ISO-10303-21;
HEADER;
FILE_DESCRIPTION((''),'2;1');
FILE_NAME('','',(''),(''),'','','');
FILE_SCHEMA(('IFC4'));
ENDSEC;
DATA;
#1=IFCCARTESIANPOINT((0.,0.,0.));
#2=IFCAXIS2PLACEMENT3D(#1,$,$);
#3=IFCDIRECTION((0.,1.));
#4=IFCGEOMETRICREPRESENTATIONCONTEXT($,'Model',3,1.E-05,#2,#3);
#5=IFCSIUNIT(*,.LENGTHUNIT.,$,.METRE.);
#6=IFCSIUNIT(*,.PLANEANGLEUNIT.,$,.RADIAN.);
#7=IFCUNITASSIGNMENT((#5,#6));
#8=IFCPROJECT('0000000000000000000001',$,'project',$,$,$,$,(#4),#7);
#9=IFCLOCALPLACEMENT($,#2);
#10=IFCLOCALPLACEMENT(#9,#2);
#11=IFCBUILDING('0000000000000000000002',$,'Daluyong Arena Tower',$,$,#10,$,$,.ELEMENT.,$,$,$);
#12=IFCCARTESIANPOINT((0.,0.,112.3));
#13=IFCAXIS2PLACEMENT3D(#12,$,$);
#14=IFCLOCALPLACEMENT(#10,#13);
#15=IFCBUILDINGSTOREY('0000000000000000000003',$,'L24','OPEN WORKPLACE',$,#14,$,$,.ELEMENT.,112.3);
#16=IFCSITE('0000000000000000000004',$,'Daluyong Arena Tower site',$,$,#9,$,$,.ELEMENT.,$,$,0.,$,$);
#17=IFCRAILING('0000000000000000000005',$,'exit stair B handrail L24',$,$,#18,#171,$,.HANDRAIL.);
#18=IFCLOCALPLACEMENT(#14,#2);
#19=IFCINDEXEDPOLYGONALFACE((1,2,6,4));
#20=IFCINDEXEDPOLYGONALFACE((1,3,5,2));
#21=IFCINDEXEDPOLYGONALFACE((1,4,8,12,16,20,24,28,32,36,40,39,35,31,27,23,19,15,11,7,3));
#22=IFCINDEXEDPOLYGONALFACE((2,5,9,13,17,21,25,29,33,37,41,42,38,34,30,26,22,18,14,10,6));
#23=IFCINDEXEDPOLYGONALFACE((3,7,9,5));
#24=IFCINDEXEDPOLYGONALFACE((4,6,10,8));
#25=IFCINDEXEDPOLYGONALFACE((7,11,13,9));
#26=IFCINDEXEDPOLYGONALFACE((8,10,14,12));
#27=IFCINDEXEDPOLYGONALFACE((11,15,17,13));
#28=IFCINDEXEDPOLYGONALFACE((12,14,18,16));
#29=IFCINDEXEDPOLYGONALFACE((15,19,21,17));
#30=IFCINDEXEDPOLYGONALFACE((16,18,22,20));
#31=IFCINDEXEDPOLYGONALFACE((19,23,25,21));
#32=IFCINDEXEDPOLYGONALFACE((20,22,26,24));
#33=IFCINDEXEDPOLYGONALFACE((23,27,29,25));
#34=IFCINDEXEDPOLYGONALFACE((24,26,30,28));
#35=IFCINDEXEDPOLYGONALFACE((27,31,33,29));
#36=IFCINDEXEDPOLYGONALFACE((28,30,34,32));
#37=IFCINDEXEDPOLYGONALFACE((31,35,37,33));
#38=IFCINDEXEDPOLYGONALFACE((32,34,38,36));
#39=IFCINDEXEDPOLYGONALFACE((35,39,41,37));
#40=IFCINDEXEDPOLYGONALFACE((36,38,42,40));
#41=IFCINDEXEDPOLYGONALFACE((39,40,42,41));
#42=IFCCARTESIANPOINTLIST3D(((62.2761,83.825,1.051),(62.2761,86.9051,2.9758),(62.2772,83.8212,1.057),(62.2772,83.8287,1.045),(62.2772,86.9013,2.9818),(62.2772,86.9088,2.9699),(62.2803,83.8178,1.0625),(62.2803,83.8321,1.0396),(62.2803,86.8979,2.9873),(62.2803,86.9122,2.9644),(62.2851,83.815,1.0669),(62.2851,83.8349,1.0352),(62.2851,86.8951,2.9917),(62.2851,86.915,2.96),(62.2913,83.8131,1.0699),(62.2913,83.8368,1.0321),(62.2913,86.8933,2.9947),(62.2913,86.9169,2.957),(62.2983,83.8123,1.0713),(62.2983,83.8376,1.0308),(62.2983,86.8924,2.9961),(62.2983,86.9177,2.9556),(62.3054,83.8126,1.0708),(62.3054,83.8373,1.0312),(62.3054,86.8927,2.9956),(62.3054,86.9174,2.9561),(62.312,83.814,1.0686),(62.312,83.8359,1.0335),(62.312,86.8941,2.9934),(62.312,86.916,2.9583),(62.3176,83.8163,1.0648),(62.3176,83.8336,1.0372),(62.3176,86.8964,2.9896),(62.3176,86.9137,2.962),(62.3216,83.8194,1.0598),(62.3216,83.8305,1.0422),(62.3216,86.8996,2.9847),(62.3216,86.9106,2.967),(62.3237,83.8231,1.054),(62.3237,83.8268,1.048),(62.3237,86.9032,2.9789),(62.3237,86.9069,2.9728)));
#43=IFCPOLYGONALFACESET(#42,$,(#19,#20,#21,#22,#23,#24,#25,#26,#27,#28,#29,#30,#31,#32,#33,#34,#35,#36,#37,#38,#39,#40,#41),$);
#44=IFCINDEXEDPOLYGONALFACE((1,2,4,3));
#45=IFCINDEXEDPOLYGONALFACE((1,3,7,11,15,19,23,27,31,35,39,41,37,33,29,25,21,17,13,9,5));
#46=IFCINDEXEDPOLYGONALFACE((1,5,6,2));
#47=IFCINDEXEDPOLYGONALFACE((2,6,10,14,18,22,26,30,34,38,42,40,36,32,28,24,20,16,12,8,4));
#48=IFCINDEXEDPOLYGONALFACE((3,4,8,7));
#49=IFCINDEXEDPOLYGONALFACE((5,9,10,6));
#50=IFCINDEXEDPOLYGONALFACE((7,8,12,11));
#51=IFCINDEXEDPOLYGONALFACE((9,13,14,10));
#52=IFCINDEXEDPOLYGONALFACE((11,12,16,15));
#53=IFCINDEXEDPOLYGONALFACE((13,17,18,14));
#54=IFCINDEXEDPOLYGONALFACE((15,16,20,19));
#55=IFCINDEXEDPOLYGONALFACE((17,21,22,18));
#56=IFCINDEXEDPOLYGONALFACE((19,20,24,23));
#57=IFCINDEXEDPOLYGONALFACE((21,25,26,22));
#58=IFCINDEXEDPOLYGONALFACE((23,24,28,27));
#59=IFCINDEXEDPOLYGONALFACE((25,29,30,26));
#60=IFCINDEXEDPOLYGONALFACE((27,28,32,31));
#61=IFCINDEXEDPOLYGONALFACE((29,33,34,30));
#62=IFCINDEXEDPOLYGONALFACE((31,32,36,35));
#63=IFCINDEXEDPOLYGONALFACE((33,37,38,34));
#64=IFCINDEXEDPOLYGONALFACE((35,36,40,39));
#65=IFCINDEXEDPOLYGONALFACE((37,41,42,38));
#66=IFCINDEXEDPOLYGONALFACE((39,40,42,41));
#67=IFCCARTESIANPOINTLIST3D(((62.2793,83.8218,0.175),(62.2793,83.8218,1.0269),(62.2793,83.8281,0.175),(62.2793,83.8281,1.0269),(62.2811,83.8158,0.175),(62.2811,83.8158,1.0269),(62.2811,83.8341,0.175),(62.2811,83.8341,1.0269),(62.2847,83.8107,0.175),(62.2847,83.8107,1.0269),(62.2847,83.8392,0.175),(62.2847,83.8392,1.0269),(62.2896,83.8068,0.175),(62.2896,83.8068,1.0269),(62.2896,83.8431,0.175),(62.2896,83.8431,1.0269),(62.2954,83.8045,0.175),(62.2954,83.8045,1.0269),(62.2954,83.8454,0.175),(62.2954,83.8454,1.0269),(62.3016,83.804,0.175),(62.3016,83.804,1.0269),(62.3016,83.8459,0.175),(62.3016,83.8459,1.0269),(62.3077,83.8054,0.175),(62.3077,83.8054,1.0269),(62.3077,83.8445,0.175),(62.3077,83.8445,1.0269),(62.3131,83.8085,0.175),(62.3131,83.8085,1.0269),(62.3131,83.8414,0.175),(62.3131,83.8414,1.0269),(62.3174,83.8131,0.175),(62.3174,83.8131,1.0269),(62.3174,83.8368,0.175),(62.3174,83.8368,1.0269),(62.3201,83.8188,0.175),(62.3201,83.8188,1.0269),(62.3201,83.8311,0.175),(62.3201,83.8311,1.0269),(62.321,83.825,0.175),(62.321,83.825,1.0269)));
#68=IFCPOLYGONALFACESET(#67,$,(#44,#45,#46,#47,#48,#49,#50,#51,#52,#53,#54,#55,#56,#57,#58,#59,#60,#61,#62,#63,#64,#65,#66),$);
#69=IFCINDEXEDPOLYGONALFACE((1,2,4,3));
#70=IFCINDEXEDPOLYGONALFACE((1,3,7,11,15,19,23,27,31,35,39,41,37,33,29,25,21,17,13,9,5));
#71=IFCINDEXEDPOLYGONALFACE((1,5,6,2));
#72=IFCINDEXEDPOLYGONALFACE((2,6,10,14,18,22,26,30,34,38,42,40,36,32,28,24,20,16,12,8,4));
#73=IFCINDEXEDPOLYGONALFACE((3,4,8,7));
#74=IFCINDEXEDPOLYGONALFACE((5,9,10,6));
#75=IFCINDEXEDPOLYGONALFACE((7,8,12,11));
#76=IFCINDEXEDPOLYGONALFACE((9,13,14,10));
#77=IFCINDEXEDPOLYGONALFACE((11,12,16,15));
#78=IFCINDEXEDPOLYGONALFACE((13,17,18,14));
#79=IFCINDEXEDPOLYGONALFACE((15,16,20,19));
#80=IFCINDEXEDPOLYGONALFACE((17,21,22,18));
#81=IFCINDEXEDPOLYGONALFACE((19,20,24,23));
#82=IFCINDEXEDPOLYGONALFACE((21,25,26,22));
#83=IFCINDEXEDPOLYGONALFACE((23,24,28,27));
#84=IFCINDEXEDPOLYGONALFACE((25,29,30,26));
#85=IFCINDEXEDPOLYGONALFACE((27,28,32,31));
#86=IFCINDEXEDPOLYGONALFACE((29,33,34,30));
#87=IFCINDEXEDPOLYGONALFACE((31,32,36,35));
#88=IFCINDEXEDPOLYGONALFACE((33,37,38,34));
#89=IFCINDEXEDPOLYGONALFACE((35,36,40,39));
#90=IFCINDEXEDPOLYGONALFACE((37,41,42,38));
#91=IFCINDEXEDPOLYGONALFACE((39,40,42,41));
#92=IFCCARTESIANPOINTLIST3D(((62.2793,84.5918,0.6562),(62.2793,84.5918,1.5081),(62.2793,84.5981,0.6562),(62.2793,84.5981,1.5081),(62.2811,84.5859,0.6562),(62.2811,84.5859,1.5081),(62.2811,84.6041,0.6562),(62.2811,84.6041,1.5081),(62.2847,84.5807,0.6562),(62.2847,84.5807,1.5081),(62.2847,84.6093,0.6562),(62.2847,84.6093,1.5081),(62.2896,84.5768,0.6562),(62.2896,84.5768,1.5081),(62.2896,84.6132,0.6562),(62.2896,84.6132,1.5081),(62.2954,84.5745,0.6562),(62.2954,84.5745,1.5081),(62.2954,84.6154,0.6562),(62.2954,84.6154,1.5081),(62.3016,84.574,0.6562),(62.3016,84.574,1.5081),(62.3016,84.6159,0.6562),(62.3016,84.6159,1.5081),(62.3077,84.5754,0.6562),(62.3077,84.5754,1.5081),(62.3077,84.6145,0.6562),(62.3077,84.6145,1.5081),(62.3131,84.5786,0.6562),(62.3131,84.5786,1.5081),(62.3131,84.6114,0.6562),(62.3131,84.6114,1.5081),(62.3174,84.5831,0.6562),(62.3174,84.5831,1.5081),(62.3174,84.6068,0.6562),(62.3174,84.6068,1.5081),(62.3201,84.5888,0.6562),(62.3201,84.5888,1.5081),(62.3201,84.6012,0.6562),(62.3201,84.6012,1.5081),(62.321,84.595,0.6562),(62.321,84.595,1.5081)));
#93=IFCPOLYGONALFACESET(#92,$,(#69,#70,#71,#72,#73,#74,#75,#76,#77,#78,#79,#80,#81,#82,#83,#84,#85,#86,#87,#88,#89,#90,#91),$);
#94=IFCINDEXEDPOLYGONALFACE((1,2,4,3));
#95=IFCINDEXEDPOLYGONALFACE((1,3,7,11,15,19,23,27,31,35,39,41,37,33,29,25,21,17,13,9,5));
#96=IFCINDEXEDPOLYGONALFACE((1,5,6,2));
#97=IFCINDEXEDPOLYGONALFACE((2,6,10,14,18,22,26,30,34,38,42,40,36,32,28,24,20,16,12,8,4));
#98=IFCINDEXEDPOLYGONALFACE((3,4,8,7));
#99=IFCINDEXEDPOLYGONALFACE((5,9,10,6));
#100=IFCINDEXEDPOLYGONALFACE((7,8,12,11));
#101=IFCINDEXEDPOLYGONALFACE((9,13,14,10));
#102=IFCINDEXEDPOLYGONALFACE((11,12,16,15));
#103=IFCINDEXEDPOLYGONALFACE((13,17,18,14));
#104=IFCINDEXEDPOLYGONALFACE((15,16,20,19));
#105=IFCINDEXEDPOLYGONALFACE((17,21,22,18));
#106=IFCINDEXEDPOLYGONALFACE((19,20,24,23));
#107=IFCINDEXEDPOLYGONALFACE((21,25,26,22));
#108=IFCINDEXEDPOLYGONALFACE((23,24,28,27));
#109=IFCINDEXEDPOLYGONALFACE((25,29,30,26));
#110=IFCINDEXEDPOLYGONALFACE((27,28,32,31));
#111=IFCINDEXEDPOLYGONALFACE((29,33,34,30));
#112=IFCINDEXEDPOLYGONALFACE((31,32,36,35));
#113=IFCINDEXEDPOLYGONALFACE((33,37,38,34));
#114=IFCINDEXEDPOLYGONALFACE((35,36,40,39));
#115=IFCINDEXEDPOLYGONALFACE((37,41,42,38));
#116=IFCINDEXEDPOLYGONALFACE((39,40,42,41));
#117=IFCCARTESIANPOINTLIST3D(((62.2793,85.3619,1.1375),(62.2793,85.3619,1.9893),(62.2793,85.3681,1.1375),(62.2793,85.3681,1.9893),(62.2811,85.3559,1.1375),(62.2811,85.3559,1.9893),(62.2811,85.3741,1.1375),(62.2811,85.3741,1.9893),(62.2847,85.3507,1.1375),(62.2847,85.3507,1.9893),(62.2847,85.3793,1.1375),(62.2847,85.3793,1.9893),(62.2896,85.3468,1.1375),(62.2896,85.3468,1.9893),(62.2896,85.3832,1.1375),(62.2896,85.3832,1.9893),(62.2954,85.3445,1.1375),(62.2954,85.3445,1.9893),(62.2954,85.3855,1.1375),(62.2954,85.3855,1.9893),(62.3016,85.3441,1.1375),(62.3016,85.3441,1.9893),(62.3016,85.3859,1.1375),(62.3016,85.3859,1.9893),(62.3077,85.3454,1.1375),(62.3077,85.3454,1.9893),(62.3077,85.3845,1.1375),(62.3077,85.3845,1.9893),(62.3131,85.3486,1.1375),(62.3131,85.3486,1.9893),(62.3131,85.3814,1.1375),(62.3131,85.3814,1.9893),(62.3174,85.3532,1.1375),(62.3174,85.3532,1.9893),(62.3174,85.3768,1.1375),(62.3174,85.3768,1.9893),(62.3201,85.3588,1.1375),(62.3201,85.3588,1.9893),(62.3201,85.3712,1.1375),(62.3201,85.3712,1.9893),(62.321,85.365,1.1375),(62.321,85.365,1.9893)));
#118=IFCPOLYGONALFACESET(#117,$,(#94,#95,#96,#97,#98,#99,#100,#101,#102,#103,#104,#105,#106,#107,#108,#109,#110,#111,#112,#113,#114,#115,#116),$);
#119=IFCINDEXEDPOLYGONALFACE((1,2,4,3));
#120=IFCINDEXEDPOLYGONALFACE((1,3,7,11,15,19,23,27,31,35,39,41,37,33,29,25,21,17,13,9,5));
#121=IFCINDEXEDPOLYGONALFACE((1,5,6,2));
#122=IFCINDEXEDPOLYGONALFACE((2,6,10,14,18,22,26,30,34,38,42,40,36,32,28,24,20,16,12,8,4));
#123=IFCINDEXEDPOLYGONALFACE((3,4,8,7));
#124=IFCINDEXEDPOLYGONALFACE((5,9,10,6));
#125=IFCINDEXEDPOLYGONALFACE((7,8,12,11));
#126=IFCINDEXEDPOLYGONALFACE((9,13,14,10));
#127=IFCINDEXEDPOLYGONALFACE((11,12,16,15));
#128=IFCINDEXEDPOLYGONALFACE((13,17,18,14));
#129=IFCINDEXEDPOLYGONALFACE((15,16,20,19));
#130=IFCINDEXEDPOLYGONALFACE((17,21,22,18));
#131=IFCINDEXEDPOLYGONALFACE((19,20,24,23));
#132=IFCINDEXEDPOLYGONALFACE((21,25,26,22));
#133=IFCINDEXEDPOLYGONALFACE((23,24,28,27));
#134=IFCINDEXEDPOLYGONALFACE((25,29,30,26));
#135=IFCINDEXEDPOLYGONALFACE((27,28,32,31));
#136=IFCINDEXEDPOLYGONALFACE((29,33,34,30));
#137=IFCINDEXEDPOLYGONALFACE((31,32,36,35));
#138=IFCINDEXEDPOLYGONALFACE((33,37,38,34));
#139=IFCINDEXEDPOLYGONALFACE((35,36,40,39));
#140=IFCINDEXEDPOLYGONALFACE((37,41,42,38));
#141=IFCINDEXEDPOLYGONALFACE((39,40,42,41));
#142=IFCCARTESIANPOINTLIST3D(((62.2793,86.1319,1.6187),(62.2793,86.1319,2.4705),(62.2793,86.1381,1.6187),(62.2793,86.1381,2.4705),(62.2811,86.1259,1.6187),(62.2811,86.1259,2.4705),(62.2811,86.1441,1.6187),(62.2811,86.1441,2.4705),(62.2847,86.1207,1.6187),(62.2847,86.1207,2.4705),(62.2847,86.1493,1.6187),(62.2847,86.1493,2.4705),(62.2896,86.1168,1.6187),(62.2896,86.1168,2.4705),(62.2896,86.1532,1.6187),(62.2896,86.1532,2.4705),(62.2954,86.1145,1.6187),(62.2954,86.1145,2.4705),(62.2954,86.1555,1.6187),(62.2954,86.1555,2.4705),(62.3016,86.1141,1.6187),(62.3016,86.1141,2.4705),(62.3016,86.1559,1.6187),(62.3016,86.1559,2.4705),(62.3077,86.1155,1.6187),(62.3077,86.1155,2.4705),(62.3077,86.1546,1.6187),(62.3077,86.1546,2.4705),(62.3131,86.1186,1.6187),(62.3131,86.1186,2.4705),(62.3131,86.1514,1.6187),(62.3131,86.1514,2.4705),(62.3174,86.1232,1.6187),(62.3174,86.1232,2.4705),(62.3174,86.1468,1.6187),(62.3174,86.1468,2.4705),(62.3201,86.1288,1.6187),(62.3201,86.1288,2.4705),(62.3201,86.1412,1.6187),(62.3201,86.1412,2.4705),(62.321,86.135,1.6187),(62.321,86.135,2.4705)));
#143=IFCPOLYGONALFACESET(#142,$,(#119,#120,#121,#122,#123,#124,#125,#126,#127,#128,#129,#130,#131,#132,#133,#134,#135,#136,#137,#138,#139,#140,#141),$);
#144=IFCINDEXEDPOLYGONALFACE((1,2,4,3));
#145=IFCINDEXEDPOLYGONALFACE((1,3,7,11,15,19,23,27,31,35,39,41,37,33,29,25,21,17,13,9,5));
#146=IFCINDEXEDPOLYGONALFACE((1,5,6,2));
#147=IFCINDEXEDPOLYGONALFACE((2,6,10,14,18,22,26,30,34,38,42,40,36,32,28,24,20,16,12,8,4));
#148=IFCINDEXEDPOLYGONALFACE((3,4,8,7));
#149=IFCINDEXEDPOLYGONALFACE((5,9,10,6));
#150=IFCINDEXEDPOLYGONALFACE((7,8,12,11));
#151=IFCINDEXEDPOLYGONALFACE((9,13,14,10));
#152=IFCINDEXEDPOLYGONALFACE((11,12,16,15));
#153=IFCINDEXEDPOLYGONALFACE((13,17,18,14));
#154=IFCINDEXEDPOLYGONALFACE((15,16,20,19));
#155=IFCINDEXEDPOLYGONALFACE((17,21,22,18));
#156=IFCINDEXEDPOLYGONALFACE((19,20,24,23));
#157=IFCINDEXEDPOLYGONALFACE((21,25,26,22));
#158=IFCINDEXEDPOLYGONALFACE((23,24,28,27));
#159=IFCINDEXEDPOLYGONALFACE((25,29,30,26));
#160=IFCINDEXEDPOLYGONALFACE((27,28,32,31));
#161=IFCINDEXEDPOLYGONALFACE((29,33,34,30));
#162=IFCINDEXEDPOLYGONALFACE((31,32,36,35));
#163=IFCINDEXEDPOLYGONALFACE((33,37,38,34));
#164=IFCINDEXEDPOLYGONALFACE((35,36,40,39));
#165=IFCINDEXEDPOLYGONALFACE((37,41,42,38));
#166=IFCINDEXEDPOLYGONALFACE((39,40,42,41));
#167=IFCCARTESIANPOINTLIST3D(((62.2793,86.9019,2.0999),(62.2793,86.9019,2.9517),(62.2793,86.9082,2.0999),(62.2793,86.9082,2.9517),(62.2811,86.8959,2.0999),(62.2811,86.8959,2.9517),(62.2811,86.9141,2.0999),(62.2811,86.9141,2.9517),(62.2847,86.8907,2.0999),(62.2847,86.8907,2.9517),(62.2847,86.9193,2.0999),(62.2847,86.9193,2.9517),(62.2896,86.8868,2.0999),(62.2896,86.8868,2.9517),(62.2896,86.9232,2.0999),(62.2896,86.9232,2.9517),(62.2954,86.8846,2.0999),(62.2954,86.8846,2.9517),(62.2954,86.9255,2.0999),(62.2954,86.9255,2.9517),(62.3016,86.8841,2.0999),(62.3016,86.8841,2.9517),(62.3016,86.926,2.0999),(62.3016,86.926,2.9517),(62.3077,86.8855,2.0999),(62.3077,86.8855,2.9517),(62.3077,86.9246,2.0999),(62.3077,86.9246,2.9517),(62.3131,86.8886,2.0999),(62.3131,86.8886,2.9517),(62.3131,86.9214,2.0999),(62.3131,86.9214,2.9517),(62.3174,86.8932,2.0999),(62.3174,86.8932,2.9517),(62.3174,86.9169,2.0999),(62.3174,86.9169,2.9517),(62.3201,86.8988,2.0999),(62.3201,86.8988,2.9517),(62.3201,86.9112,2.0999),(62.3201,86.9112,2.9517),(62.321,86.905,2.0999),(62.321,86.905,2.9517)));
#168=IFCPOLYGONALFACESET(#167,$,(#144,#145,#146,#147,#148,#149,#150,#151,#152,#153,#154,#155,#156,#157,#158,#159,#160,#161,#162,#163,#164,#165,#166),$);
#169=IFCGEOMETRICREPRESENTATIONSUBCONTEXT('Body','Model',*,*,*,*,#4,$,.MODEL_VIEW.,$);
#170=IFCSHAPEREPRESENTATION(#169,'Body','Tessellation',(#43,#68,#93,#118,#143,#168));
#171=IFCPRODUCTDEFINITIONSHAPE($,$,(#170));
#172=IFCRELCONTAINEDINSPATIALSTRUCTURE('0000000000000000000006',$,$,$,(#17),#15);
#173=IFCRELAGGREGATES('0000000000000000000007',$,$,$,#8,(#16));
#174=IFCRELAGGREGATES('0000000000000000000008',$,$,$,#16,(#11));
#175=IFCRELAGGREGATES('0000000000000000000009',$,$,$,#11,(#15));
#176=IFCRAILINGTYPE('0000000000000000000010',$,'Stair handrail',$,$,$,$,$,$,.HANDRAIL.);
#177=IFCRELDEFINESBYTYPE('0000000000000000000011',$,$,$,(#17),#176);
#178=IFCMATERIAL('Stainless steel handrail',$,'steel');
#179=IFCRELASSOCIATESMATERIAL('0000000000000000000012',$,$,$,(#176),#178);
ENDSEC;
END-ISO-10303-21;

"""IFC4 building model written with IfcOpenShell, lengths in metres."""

from ifc_helpers import new_model, si_unit, direction, frame, origin, origin_2d, place, context, subcontext, project, spatial, circle, extrude, material, type_object, element, save


model = new_model("IFC4")

# Units and contexts
model_context = context("Model", 3, precision=1e-05, world=origin(), true_north=direction((0.0, 1.0)))
body_context = subcontext(model_context, "Body", "Model", "MODEL_VIEW")
ifc_project = project(units=[si_unit("LENGTHUNIT", "METRE"), si_unit("PLANEANGLEUNIT", "RADIAN")], contexts=[model_context])

# Site, building, storey
site_placement = place(None, origin())
site = spatial("IfcSite", under=ifc_project, at=site_placement, Name="Daluyong Arena Tower site", CompositionType="ELEMENT", RefElevation=0.0)
building_placement = place(site_placement, origin())
building = spatial("IfcBuilding", under=site, at=building_placement, Name="Daluyong Arena Tower", CompositionType="ELEMENT")
storey_placement = place(building_placement, frame((0.0, 0.0, 112.3)))
storey = spatial("IfcBuildingStorey", under=building, at=storey_placement, Name="L24", Description="OPEN WORKPLACE", CompositionType="ELEMENT", Elevation=112.3)

# Railing
ifc_material_1 = material(Name="Stainless steel handrail", Category="steel")
railing_type_1 = type_object("IfcRailingType", Name="Stair handrail", PredefinedType="HANDRAIL", material=ifc_material_1)
railing_1_placement = place(storey_placement, frame((62.3, 83.825, 0.175)))
element("IfcRailing", 1, at=railing_1_placement, inside=storey, type_object=railing_type_1, Name="exit stair B handrail L24", PredefinedType="HANDRAIL", context=body_context, shape_type="SweptSolid", body=[
    extrude(circle(Radius=0.0239, at=origin_2d()), frame((0.0, 0.0, 0.876), z_axis=(0.0, 0.848029, 0.529951), x_axis=(-1.0, 0.0, 0.0)), (0.0, 0.0, 1.0), 3.6321),
    extrude(circle(Radius=0.021, at=origin_2d()), origin(), (0.0, 0.0, 1.0), 0.8518),
    extrude(circle(Radius=0.021, at=origin_2d()), frame((0.0, 0.77, 0.4812)), (0.0, 0.0, 1.0), 0.8518),
    extrude(circle(Radius=0.021, at=origin_2d()), frame((0.0, 1.54, 0.9624)), (0.0, 0.0, 1.0), 0.8518),
    extrude(circle(Radius=0.021, at=origin_2d()), frame((0.0, 2.3101, 1.4436)), (0.0, 0.0, 1.0), 0.8518),
    extrude(circle(Radius=0.021, at=origin_2d()), frame((0.0, 3.0801, 1.9248)), (0.0, 0.0, 1.0), 0.8518),
])

save(model, "model.ifc")
